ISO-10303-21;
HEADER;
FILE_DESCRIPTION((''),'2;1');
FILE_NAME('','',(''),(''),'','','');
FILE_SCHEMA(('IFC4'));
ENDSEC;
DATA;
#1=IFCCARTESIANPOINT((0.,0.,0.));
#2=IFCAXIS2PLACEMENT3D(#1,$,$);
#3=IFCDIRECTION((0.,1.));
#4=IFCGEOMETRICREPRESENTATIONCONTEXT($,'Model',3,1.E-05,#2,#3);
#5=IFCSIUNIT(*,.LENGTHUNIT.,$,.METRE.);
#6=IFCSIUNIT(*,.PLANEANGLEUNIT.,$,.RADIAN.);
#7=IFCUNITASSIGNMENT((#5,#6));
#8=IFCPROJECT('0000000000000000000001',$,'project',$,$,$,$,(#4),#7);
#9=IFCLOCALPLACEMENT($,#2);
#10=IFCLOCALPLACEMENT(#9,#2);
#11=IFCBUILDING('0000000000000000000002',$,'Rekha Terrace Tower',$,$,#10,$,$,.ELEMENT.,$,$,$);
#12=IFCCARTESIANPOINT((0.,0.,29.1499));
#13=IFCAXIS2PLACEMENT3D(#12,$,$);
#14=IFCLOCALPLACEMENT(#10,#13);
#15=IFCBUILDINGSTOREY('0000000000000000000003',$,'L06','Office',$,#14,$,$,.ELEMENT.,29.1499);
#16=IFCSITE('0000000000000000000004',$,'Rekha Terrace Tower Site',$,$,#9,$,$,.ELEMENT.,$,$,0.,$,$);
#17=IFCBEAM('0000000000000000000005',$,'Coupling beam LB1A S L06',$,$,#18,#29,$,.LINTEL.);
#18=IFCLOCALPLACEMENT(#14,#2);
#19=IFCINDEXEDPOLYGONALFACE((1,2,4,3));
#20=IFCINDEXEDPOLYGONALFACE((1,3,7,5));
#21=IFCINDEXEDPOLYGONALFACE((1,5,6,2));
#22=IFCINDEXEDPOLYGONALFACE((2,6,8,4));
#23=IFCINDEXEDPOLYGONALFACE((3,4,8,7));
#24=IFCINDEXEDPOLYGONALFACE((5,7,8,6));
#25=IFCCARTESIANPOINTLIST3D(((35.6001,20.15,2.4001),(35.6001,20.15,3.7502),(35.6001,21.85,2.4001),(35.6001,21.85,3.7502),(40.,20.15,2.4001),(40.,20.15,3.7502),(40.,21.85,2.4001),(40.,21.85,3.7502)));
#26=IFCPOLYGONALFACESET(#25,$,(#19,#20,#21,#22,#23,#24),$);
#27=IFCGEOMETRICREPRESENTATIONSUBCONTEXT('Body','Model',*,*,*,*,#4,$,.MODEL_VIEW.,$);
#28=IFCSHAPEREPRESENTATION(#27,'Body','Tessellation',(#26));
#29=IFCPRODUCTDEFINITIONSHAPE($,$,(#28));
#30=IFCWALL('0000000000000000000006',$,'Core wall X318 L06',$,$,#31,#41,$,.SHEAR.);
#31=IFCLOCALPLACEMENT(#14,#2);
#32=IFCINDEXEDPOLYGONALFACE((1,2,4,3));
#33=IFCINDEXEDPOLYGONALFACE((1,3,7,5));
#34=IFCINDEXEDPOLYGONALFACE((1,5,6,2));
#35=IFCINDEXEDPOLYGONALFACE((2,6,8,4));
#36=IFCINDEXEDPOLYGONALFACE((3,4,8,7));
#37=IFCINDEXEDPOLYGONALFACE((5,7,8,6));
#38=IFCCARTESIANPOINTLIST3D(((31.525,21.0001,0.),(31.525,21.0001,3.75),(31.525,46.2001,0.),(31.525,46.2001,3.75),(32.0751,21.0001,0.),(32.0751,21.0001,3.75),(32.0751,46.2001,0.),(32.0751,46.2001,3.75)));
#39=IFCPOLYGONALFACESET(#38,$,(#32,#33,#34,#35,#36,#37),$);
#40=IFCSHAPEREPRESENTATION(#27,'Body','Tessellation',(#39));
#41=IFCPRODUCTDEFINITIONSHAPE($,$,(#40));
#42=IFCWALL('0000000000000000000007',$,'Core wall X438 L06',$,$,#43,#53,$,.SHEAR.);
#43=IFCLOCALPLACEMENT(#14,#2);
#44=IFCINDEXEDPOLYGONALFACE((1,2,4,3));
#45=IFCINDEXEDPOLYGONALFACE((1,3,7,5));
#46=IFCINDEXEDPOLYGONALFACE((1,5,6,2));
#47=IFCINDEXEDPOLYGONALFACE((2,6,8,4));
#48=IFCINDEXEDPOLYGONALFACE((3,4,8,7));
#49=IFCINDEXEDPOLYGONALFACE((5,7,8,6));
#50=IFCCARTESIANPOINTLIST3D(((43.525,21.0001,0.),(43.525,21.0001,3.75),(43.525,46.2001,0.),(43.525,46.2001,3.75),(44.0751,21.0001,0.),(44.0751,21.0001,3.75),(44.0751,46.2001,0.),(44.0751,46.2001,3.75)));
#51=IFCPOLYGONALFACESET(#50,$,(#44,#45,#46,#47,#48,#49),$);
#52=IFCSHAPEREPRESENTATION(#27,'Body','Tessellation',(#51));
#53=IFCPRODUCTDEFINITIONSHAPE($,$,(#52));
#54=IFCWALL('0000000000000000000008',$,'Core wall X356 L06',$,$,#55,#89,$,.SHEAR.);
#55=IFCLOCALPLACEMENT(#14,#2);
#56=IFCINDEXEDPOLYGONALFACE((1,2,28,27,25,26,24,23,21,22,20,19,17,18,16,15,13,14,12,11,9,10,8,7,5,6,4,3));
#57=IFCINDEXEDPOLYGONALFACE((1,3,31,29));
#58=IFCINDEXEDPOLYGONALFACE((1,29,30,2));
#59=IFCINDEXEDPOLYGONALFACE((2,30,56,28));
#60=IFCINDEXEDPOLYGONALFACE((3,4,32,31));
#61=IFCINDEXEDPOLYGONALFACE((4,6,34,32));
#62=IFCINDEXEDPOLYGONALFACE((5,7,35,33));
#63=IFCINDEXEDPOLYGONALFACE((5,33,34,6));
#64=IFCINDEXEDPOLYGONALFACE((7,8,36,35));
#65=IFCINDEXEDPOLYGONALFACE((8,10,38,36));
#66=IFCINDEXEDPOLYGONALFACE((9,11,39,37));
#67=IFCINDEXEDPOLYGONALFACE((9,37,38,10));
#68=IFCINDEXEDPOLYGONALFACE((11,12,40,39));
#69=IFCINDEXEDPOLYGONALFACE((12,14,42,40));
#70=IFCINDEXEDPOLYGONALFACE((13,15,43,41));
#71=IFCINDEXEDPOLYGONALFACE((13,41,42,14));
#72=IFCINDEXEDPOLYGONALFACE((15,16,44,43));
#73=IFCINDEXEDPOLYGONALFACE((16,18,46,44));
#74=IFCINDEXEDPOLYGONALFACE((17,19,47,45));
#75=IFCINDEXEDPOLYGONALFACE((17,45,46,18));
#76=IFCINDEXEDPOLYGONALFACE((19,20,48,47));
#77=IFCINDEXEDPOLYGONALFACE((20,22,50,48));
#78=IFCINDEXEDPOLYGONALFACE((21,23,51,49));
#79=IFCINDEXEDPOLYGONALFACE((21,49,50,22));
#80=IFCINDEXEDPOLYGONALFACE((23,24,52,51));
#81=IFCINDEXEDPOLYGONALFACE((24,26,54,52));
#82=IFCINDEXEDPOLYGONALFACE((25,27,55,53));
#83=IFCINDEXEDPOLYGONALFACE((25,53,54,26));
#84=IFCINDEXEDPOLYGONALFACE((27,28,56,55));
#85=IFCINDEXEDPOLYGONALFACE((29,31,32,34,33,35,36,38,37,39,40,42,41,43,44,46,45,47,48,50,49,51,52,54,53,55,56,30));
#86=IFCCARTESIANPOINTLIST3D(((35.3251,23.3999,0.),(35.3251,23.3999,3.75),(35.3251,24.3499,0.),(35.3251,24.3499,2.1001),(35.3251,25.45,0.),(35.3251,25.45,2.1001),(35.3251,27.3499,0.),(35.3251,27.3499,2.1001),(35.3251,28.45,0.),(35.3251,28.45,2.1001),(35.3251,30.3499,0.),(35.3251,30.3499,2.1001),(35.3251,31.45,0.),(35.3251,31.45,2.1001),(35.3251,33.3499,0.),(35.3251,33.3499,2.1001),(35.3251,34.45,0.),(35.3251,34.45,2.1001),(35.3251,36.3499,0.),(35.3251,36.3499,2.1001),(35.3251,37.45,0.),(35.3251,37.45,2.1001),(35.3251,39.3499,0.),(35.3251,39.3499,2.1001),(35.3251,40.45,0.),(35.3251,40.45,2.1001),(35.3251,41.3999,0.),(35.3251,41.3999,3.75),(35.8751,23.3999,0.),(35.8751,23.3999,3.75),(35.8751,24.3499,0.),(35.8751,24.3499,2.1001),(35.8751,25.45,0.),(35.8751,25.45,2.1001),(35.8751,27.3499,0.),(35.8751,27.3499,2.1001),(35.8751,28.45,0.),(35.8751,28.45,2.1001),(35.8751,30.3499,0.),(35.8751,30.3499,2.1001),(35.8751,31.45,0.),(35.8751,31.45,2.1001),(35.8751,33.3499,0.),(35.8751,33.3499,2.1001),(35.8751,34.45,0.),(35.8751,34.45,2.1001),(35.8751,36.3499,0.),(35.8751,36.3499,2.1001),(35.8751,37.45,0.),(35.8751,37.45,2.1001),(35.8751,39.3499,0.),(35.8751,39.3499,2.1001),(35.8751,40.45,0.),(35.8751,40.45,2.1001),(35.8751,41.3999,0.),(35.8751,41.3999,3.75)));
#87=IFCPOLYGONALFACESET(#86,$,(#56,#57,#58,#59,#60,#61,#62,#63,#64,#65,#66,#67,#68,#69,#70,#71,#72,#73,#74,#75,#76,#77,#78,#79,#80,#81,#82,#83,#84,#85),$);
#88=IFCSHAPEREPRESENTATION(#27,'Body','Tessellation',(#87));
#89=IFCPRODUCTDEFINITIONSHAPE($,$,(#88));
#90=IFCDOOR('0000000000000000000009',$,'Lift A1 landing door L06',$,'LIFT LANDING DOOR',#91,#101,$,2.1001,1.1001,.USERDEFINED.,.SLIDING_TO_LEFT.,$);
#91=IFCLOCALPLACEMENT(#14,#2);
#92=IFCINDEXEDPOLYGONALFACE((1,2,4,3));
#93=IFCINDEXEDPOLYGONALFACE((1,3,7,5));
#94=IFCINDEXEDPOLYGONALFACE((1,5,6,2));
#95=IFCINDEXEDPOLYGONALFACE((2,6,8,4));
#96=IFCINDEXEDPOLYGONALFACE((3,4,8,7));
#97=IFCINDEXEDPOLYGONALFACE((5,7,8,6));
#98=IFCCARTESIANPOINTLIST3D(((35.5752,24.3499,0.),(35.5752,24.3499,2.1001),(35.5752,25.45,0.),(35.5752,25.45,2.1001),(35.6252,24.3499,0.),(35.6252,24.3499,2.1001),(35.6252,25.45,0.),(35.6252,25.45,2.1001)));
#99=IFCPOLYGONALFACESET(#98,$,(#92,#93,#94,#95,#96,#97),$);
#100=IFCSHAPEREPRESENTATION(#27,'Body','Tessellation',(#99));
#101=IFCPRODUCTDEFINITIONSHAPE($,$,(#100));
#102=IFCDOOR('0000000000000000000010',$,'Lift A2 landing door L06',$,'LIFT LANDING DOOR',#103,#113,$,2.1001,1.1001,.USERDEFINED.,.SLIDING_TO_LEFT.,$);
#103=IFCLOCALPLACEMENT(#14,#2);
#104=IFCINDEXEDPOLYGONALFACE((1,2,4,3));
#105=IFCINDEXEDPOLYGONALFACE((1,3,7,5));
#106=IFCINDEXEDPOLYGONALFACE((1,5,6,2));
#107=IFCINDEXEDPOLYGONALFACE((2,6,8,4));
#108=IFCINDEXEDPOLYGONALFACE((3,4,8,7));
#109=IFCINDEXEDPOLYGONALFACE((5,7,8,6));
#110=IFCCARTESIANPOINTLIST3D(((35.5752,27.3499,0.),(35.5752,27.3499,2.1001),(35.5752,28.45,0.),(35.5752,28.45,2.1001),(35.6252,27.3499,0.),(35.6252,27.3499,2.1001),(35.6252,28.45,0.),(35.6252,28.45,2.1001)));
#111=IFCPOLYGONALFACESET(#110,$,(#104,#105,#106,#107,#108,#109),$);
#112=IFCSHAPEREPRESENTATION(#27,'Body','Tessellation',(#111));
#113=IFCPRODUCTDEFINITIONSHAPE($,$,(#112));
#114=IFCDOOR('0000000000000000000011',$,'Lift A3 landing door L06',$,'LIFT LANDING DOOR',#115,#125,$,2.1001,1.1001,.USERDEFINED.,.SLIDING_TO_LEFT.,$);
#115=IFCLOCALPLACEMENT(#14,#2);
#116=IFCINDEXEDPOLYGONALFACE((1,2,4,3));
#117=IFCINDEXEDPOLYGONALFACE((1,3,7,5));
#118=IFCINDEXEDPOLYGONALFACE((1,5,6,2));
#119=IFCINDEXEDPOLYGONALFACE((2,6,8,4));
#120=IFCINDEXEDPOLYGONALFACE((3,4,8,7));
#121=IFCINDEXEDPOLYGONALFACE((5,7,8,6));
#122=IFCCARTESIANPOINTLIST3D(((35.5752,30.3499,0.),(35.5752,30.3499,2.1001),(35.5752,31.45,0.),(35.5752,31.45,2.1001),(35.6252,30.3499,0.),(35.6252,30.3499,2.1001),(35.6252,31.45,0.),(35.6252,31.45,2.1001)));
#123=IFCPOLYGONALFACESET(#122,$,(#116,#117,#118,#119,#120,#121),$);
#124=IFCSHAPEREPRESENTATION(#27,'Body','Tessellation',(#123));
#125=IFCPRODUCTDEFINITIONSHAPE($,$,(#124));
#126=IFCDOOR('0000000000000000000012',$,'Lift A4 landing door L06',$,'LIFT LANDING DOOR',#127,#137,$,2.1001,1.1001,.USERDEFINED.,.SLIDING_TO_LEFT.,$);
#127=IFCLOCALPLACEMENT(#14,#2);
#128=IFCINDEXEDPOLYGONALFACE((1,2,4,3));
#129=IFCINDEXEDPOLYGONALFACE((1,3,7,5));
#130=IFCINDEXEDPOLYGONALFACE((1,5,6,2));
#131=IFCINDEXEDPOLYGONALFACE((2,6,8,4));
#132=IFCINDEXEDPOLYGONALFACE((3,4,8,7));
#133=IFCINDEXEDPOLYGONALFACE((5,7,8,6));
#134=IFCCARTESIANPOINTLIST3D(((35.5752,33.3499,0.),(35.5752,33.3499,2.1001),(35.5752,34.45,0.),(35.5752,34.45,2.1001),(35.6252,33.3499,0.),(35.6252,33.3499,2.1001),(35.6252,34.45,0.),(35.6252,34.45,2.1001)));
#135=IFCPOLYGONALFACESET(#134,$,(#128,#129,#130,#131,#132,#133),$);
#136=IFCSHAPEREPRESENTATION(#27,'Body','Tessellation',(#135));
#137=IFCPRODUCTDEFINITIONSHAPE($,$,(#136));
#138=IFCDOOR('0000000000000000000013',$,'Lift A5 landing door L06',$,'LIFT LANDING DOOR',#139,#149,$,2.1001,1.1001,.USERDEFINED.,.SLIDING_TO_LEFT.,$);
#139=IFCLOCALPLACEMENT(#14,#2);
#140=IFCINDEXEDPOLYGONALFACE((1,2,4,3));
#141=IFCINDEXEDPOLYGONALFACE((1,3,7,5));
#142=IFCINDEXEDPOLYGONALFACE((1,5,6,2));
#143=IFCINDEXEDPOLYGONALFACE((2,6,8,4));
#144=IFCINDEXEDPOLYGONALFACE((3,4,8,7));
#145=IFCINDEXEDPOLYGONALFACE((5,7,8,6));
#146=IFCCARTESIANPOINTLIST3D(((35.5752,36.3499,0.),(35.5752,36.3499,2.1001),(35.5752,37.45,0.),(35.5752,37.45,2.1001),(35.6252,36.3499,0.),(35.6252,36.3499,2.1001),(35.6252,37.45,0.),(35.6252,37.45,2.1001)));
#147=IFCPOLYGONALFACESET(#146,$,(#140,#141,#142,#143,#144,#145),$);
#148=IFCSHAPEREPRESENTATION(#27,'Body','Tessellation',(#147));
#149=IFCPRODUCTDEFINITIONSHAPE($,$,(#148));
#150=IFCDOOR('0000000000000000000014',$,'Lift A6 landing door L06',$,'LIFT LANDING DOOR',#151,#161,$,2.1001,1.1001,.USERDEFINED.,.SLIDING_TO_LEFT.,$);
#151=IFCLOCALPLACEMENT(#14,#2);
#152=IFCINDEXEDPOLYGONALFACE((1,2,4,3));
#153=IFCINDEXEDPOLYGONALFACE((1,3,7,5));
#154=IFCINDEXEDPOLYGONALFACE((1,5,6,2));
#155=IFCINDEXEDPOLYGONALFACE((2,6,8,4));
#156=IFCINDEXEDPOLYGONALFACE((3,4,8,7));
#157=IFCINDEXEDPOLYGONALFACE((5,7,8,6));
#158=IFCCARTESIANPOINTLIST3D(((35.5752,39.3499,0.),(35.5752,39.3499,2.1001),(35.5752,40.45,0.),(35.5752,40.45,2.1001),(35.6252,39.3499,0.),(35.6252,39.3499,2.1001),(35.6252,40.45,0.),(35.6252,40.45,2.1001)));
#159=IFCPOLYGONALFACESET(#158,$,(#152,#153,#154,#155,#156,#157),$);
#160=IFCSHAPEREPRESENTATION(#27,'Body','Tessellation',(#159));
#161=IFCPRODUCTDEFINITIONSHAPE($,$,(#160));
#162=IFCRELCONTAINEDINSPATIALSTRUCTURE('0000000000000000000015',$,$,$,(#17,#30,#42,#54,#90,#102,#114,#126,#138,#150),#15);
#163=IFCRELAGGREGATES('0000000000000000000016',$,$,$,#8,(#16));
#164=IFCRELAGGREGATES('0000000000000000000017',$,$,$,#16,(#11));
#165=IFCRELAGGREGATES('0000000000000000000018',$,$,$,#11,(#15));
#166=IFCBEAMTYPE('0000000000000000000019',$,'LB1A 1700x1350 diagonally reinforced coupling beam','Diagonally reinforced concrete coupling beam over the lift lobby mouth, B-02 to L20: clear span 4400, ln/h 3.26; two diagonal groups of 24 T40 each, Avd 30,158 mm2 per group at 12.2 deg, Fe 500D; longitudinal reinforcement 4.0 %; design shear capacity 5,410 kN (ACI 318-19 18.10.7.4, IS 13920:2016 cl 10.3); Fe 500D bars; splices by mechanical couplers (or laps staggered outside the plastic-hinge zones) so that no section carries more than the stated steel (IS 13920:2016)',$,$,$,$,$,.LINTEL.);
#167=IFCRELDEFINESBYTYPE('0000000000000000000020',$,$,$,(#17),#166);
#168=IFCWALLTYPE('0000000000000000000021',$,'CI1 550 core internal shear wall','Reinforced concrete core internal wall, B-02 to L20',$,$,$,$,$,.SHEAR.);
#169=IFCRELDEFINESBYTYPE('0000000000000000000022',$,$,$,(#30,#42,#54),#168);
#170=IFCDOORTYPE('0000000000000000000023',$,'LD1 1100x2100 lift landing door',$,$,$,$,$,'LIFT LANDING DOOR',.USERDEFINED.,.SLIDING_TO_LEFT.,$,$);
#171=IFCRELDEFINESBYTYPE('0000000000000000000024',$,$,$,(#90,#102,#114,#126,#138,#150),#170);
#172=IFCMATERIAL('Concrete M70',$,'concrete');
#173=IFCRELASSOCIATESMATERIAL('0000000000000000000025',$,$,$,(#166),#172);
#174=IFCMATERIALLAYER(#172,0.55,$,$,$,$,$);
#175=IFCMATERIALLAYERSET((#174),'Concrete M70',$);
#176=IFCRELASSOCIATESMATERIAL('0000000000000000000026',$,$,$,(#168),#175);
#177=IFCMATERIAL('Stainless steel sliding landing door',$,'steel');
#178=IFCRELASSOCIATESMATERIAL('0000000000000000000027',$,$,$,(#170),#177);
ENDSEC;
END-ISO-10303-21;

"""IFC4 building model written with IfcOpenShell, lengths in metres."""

from ifc_helpers import new_model, si_unit, direction, frame, frame_2d, origin, origin_2d, place, context, subcontext, project, spatial, rectangle, extrude, material, layer, layer_set, material_profile, profile_set, type_object, element, fill, save


model = new_model("IFC4")

# Units and contexts
model_context = context("Model", 3, precision=1e-05, world=origin(), true_north=direction((0.0, 1.0)))
body_context = subcontext(model_context, "Body", "Model", "MODEL_VIEW")
ifc_project = project(units=[si_unit("LENGTHUNIT", "METRE"), si_unit("PLANEANGLEUNIT", "RADIAN")], contexts=[model_context])

# Site, building, storey
site_placement = place(None, origin())
site = spatial("IfcSite", under=ifc_project, at=site_placement, Name="Rekha Terrace Tower Site", CompositionType="ELEMENT", RefElevation=0.0)
building_placement = place(site_placement, origin())
building = spatial("IfcBuilding", under=site, at=building_placement, Name="Rekha Terrace Tower", CompositionType="ELEMENT")
storey_placement = place(building_placement, frame((0.0, 0.0, 29.1499)))
storey = spatial("IfcBuildingStorey", under=building, at=storey_placement, Name="L06", Description="Office", CompositionType="ELEMENT", Elevation=29.1499)

# Beam
ifc_material_1 = material(Name="Concrete M70", Category="concrete")
ifc_material_profile = material_profile(ifc_material_1, rectangle(XDim=1.7, YDim=1.3501, at=origin_2d()), Name="RC 1700x1350")
ifc_profile_set = profile_set([ifc_material_profile], Name="Concrete M70")
beam_type = type_object("IfcBeamType", Name="LB1A 1700x1350 diagonally reinforced coupling beam", Description="Diagonally reinforced concrete coupling beam over the lift lobby mouth, B-02 to L20: clear span 4400, ln/h 3.26; two diagonal groups of 24 T40 each, Avd 30,158 mm2 per group at 12.2 deg, Fe 500D; longitudinal reinforcement 4.0 %; design shear capacity 5,410 kN (ACI 318-19 18.10.7.4, IS 13920:2016 cl 10.3); Fe 500D bars; splices by mechanical couplers (or laps staggered outside the plastic-hinge zones) so that no section carries more than the stated steel (IS 13920:2016)", PredefinedType="LINTEL", material=ifc_profile_set)
beam_placement = place(storey_placement, frame((35.6001, 21.0, 3.0752), z_axis=(1.0, 0.0, 0.0), x_axis=(0.0, 1.0, 0.0)))
element("IfcBeam", 1, at=beam_placement, inside=storey, type_object=beam_type, Name="Coupling beam LB1A S L06", PredefinedType="LINTEL", context=body_context, shape_type="SweptSolid", body=[
    extrude(rectangle(XDim=1.7, YDim=1.3501, at=origin_2d()), origin(), (0.0, 0.0, 1.0), 4.3999),
])

# Walls
ifc_layer_1 = layer(ifc_material_1, 0.55)
ifc_layer_set_1 = layer_set([ifc_layer_1], Name="Concrete M70")
wall_type_1 = type_object("IfcWallType", Name="CI1 550 core internal shear wall", Description="Reinforced concrete core internal wall, B-02 to L20", PredefinedType="SHEAR", material=ifc_layer_set_1)
for number, where, z_axis, x_axis, name in (
    (2, (31.8, 21.0, 0.0), (0.0, 0.0, 1.0), (0.0, 1.0, 0.0), "Core wall X318 L06"),
    (3, (43.8, 21.0, 0.0), (0.0, 0.0, 1.0), (0.0, 1.0, 0.0), "Core wall X438 L06"),
):
    element("IfcWall", number, at=place(storey_placement, frame(where, z_axis=z_axis, x_axis=x_axis)), inside=storey, type_object=wall_type_1, Name=name, PredefinedType="SHEAR", context=body_context, shape_type="SweptSolid", body=[
        extrude(rectangle(XDim=25.2, YDim=0.55, at=frame_2d((12.6001, 0.0))), origin(), (0.0, 0.0, 1.0), 3.75),
    ])

# Wall, openings, doors
wall_1_placement = place(storey_placement, frame((35.6001, 23.3999, 0.0), z_axis=(0.0, 0.0, 1.0), x_axis=(0.0, 1.0, 0.0)))
wall_1 = element("IfcWall", 4, at=wall_1_placement, inside=storey, type_object=wall_type_1, Name="Core wall X356 L06", PredefinedType="SHEAR", context=body_context, shape_type="SweptSolid", body=[
    extrude(rectangle(XDim=18.0, YDim=0.55, at=frame_2d((9.0, 0.0))), origin(), (0.0, 0.0, 1.0), 3.75),
])
opening_1_placement = place(wall_1_placement, frame((0.95, 0.0, 0.0)))
opening_1 = element("IfcOpeningElement", 5, at=opening_1_placement, cuts=wall_1, PredefinedType="OPENING", context=body_context, shape_type="SweptSolid", body=[
    extrude(rectangle(XDim=1.1001, YDim=2.1001, at=frame_2d((0.55, 1.05))), frame((0.0, 0.2849, 0.0), z_axis=(0.0, -1.0, 0.0), x_axis=(1.0, 0.0, 0.0)), (0.0, 0.0, 1.0), 0.5701),
])
opening_2_placement = place(wall_1_placement, frame((3.95, 0.0, 0.0)))
opening_2 = element("IfcOpeningElement", 6, at=opening_2_placement, cuts=wall_1, PredefinedType="OPENING", context=body_context, shape_type="SweptSolid", body=[
    extrude(rectangle(XDim=1.1001, YDim=2.1001, at=frame_2d((0.55, 1.05))), frame((0.0, 0.2849, 0.0), z_axis=(0.0, -1.0, 0.0), x_axis=(1.0, 0.0, 0.0)), (0.0, 0.0, 1.0), 0.5701),
])
opening_3_placement = place(wall_1_placement, frame((6.95, 0.0, 0.0)))
opening_3 = element("IfcOpeningElement", 7, at=opening_3_placement, cuts=wall_1, PredefinedType="OPENING", context=body_context, shape_type="SweptSolid", body=[
    extrude(rectangle(XDim=1.1001, YDim=2.1001, at=frame_2d((0.55, 1.05))), frame((0.0, 0.2849, 0.0), z_axis=(0.0, -1.0, 0.0), x_axis=(1.0, 0.0, 0.0)), (0.0, 0.0, 1.0), 0.5701),
])
opening_4_placement = place(wall_1_placement, frame((9.95, 0.0, 0.0)))
opening_4 = element("IfcOpeningElement", 8, at=opening_4_placement, cuts=wall_1, PredefinedType="OPENING", context=body_context, shape_type="SweptSolid", body=[
    extrude(rectangle(XDim=1.1001, YDim=2.1001, at=frame_2d((0.55, 1.05))), frame((0.0, 0.2849, 0.0), z_axis=(0.0, -1.0, 0.0), x_axis=(1.0, 0.0, 0.0)), (0.0, 0.0, 1.0), 0.5701),
])
opening_5_placement = place(wall_1_placement, frame((12.95, 0.0, 0.0)))
opening_5 = element("IfcOpeningElement", 9, at=opening_5_placement, cuts=wall_1, PredefinedType="OPENING", context=body_context, shape_type="SweptSolid", body=[
    extrude(rectangle(XDim=1.1001, YDim=2.1001, at=frame_2d((0.55, 1.05))), frame((0.0, 0.2849, 0.0), z_axis=(0.0, -1.0, 0.0), x_axis=(1.0, 0.0, 0.0)), (0.0, 0.0, 1.0), 0.5701),
])
opening_6_placement = place(wall_1_placement, frame((15.95, 0.0, 0.0)))
opening_6 = element("IfcOpeningElement", 10, at=opening_6_placement, cuts=wall_1, PredefinedType="OPENING", context=body_context, shape_type="SweptSolid", body=[
    extrude(rectangle(XDim=1.1001, YDim=2.1001, at=frame_2d((0.55, 1.05))), frame((0.0, 0.2849, 0.0), z_axis=(0.0, -1.0, 0.0), x_axis=(1.0, 0.0, 0.0)), (0.0, 0.0, 1.0), 0.5701),
])
ifc_material_2 = material(Name="Stainless steel sliding landing door", Category="steel")
door_type_1 = type_object("IfcDoorType", Name="LD1 1100x2100 lift landing door", ElementType="LIFT LANDING DOOR", OperationType="SLIDING_TO_LEFT", PredefinedType="USERDEFINED", material=ifc_material_2)
door_1_placement = place(opening_1_placement, origin())
door_1 = element("IfcDoor", 11, at=door_1_placement, inside=storey, type_object=door_type_1, Name="Lift A1 landing door L06", ObjectType="LIFT LANDING DOOR", OperationType="SLIDING_TO_LEFT", OverallHeight=2.1001, OverallWidth=1.1001, PredefinedType="USERDEFINED", context=body_context, shape_type="SweptSolid", body=[
    extrude(rectangle(XDim=1.1001, YDim=2.1001, at=frame_2d((0.55, 1.05))), frame((0.0, 0.0249, 0.0), z_axis=(0.0, -1.0, 0.0), x_axis=(1.0, 0.0, 0.0)), (0.0, 0.0, 1.0), 0.05),
])
fill(opening_1, door_1)
door_2_placement = place(opening_2_placement, origin())
door_2 = element("IfcDoor", 12, at=door_2_placement, inside=storey, type_object=door_type_1, Name="Lift A2 landing door L06", ObjectType="LIFT LANDING DOOR", OperationType="SLIDING_TO_LEFT", OverallHeight=2.1001, OverallWidth=1.1001, PredefinedType="USERDEFINED", context=body_context, shape_type="SweptSolid", body=[
    extrude(rectangle(XDim=1.1001, YDim=2.1001, at=frame_2d((0.55, 1.05))), frame((0.0, 0.0249, 0.0), z_axis=(0.0, -1.0, 0.0), x_axis=(1.0, 0.0, 0.0)), (0.0, 0.0, 1.0), 0.05),
])
fill(opening_2, door_2)
door_3_placement = place(opening_3_placement, origin())
door_3 = element("IfcDoor", 13, at=door_3_placement, inside=storey, type_object=door_type_1, Name="Lift A3 landing door L06", ObjectType="LIFT LANDING DOOR", OperationType="SLIDING_TO_LEFT", OverallHeight=2.1001, OverallWidth=1.1001, PredefinedType="USERDEFINED", context=body_context, shape_type="SweptSolid", body=[
    extrude(rectangle(XDim=1.1001, YDim=2.1001, at=frame_2d((0.55, 1.05))), frame((0.0, 0.0249, 0.0), z_axis=(0.0, -1.0, 0.0), x_axis=(1.0, 0.0, 0.0)), (0.0, 0.0, 1.0), 0.05),
])
fill(opening_3, door_3)
door_4_placement = place(opening_4_placement, origin())
door_4 = element("IfcDoor", 14, at=door_4_placement, inside=storey, type_object=door_type_1, Name="Lift A4 landing door L06", ObjectType="LIFT LANDING DOOR", OperationType="SLIDING_TO_LEFT", OverallHeight=2.1001, OverallWidth=1.1001, PredefinedType="USERDEFINED", context=body_context, shape_type="SweptSolid", body=[
    extrude(rectangle(XDim=1.1001, YDim=2.1001, at=frame_2d((0.55, 1.05))), frame((0.0, 0.0249, 0.0), z_axis=(0.0, -1.0, 0.0), x_axis=(1.0, 0.0, 0.0)), (0.0, 0.0, 1.0), 0.05),
])
fill(opening_4, door_4)
door_5_placement = place(opening_5_placement, origin())
door_5 = element("IfcDoor", 15, at=door_5_placement, inside=storey, type_object=door_type_1, Name="Lift A5 landing door L06", ObjectType="LIFT LANDING DOOR", OperationType="SLIDING_TO_LEFT", OverallHeight=2.1001, OverallWidth=1.1001, PredefinedType="USERDEFINED", context=body_context, shape_type="SweptSolid", body=[
    extrude(rectangle(XDim=1.1001, YDim=2.1001, at=frame_2d((0.55, 1.05))), frame((0.0, 0.0249, 0.0), z_axis=(0.0, -1.0, 0.0), x_axis=(1.0, 0.0, 0.0)), (0.0, 0.0, 1.0), 0.05),
])
fill(opening_5, door_5)
door_6_placement = place(opening_6_placement, origin())
door_6 = element("IfcDoor", 16, at=door_6_placement, inside=storey, type_object=door_type_1, Name="Lift A6 landing door L06", ObjectType="LIFT LANDING DOOR", OperationType="SLIDING_TO_LEFT", OverallHeight=2.1001, OverallWidth=1.1001, PredefinedType="USERDEFINED", context=body_context, shape_type="SweptSolid", body=[
    extrude(rectangle(XDim=1.1001, YDim=2.1001, at=frame_2d((0.55, 1.05))), frame((0.0, 0.0249, 0.0), z_axis=(0.0, -1.0, 0.0), x_axis=(1.0, 0.0, 0.0)), (0.0, 0.0, 1.0), 0.05),
])
fill(opening_6, door_6)

save(model, "model.ifc")
